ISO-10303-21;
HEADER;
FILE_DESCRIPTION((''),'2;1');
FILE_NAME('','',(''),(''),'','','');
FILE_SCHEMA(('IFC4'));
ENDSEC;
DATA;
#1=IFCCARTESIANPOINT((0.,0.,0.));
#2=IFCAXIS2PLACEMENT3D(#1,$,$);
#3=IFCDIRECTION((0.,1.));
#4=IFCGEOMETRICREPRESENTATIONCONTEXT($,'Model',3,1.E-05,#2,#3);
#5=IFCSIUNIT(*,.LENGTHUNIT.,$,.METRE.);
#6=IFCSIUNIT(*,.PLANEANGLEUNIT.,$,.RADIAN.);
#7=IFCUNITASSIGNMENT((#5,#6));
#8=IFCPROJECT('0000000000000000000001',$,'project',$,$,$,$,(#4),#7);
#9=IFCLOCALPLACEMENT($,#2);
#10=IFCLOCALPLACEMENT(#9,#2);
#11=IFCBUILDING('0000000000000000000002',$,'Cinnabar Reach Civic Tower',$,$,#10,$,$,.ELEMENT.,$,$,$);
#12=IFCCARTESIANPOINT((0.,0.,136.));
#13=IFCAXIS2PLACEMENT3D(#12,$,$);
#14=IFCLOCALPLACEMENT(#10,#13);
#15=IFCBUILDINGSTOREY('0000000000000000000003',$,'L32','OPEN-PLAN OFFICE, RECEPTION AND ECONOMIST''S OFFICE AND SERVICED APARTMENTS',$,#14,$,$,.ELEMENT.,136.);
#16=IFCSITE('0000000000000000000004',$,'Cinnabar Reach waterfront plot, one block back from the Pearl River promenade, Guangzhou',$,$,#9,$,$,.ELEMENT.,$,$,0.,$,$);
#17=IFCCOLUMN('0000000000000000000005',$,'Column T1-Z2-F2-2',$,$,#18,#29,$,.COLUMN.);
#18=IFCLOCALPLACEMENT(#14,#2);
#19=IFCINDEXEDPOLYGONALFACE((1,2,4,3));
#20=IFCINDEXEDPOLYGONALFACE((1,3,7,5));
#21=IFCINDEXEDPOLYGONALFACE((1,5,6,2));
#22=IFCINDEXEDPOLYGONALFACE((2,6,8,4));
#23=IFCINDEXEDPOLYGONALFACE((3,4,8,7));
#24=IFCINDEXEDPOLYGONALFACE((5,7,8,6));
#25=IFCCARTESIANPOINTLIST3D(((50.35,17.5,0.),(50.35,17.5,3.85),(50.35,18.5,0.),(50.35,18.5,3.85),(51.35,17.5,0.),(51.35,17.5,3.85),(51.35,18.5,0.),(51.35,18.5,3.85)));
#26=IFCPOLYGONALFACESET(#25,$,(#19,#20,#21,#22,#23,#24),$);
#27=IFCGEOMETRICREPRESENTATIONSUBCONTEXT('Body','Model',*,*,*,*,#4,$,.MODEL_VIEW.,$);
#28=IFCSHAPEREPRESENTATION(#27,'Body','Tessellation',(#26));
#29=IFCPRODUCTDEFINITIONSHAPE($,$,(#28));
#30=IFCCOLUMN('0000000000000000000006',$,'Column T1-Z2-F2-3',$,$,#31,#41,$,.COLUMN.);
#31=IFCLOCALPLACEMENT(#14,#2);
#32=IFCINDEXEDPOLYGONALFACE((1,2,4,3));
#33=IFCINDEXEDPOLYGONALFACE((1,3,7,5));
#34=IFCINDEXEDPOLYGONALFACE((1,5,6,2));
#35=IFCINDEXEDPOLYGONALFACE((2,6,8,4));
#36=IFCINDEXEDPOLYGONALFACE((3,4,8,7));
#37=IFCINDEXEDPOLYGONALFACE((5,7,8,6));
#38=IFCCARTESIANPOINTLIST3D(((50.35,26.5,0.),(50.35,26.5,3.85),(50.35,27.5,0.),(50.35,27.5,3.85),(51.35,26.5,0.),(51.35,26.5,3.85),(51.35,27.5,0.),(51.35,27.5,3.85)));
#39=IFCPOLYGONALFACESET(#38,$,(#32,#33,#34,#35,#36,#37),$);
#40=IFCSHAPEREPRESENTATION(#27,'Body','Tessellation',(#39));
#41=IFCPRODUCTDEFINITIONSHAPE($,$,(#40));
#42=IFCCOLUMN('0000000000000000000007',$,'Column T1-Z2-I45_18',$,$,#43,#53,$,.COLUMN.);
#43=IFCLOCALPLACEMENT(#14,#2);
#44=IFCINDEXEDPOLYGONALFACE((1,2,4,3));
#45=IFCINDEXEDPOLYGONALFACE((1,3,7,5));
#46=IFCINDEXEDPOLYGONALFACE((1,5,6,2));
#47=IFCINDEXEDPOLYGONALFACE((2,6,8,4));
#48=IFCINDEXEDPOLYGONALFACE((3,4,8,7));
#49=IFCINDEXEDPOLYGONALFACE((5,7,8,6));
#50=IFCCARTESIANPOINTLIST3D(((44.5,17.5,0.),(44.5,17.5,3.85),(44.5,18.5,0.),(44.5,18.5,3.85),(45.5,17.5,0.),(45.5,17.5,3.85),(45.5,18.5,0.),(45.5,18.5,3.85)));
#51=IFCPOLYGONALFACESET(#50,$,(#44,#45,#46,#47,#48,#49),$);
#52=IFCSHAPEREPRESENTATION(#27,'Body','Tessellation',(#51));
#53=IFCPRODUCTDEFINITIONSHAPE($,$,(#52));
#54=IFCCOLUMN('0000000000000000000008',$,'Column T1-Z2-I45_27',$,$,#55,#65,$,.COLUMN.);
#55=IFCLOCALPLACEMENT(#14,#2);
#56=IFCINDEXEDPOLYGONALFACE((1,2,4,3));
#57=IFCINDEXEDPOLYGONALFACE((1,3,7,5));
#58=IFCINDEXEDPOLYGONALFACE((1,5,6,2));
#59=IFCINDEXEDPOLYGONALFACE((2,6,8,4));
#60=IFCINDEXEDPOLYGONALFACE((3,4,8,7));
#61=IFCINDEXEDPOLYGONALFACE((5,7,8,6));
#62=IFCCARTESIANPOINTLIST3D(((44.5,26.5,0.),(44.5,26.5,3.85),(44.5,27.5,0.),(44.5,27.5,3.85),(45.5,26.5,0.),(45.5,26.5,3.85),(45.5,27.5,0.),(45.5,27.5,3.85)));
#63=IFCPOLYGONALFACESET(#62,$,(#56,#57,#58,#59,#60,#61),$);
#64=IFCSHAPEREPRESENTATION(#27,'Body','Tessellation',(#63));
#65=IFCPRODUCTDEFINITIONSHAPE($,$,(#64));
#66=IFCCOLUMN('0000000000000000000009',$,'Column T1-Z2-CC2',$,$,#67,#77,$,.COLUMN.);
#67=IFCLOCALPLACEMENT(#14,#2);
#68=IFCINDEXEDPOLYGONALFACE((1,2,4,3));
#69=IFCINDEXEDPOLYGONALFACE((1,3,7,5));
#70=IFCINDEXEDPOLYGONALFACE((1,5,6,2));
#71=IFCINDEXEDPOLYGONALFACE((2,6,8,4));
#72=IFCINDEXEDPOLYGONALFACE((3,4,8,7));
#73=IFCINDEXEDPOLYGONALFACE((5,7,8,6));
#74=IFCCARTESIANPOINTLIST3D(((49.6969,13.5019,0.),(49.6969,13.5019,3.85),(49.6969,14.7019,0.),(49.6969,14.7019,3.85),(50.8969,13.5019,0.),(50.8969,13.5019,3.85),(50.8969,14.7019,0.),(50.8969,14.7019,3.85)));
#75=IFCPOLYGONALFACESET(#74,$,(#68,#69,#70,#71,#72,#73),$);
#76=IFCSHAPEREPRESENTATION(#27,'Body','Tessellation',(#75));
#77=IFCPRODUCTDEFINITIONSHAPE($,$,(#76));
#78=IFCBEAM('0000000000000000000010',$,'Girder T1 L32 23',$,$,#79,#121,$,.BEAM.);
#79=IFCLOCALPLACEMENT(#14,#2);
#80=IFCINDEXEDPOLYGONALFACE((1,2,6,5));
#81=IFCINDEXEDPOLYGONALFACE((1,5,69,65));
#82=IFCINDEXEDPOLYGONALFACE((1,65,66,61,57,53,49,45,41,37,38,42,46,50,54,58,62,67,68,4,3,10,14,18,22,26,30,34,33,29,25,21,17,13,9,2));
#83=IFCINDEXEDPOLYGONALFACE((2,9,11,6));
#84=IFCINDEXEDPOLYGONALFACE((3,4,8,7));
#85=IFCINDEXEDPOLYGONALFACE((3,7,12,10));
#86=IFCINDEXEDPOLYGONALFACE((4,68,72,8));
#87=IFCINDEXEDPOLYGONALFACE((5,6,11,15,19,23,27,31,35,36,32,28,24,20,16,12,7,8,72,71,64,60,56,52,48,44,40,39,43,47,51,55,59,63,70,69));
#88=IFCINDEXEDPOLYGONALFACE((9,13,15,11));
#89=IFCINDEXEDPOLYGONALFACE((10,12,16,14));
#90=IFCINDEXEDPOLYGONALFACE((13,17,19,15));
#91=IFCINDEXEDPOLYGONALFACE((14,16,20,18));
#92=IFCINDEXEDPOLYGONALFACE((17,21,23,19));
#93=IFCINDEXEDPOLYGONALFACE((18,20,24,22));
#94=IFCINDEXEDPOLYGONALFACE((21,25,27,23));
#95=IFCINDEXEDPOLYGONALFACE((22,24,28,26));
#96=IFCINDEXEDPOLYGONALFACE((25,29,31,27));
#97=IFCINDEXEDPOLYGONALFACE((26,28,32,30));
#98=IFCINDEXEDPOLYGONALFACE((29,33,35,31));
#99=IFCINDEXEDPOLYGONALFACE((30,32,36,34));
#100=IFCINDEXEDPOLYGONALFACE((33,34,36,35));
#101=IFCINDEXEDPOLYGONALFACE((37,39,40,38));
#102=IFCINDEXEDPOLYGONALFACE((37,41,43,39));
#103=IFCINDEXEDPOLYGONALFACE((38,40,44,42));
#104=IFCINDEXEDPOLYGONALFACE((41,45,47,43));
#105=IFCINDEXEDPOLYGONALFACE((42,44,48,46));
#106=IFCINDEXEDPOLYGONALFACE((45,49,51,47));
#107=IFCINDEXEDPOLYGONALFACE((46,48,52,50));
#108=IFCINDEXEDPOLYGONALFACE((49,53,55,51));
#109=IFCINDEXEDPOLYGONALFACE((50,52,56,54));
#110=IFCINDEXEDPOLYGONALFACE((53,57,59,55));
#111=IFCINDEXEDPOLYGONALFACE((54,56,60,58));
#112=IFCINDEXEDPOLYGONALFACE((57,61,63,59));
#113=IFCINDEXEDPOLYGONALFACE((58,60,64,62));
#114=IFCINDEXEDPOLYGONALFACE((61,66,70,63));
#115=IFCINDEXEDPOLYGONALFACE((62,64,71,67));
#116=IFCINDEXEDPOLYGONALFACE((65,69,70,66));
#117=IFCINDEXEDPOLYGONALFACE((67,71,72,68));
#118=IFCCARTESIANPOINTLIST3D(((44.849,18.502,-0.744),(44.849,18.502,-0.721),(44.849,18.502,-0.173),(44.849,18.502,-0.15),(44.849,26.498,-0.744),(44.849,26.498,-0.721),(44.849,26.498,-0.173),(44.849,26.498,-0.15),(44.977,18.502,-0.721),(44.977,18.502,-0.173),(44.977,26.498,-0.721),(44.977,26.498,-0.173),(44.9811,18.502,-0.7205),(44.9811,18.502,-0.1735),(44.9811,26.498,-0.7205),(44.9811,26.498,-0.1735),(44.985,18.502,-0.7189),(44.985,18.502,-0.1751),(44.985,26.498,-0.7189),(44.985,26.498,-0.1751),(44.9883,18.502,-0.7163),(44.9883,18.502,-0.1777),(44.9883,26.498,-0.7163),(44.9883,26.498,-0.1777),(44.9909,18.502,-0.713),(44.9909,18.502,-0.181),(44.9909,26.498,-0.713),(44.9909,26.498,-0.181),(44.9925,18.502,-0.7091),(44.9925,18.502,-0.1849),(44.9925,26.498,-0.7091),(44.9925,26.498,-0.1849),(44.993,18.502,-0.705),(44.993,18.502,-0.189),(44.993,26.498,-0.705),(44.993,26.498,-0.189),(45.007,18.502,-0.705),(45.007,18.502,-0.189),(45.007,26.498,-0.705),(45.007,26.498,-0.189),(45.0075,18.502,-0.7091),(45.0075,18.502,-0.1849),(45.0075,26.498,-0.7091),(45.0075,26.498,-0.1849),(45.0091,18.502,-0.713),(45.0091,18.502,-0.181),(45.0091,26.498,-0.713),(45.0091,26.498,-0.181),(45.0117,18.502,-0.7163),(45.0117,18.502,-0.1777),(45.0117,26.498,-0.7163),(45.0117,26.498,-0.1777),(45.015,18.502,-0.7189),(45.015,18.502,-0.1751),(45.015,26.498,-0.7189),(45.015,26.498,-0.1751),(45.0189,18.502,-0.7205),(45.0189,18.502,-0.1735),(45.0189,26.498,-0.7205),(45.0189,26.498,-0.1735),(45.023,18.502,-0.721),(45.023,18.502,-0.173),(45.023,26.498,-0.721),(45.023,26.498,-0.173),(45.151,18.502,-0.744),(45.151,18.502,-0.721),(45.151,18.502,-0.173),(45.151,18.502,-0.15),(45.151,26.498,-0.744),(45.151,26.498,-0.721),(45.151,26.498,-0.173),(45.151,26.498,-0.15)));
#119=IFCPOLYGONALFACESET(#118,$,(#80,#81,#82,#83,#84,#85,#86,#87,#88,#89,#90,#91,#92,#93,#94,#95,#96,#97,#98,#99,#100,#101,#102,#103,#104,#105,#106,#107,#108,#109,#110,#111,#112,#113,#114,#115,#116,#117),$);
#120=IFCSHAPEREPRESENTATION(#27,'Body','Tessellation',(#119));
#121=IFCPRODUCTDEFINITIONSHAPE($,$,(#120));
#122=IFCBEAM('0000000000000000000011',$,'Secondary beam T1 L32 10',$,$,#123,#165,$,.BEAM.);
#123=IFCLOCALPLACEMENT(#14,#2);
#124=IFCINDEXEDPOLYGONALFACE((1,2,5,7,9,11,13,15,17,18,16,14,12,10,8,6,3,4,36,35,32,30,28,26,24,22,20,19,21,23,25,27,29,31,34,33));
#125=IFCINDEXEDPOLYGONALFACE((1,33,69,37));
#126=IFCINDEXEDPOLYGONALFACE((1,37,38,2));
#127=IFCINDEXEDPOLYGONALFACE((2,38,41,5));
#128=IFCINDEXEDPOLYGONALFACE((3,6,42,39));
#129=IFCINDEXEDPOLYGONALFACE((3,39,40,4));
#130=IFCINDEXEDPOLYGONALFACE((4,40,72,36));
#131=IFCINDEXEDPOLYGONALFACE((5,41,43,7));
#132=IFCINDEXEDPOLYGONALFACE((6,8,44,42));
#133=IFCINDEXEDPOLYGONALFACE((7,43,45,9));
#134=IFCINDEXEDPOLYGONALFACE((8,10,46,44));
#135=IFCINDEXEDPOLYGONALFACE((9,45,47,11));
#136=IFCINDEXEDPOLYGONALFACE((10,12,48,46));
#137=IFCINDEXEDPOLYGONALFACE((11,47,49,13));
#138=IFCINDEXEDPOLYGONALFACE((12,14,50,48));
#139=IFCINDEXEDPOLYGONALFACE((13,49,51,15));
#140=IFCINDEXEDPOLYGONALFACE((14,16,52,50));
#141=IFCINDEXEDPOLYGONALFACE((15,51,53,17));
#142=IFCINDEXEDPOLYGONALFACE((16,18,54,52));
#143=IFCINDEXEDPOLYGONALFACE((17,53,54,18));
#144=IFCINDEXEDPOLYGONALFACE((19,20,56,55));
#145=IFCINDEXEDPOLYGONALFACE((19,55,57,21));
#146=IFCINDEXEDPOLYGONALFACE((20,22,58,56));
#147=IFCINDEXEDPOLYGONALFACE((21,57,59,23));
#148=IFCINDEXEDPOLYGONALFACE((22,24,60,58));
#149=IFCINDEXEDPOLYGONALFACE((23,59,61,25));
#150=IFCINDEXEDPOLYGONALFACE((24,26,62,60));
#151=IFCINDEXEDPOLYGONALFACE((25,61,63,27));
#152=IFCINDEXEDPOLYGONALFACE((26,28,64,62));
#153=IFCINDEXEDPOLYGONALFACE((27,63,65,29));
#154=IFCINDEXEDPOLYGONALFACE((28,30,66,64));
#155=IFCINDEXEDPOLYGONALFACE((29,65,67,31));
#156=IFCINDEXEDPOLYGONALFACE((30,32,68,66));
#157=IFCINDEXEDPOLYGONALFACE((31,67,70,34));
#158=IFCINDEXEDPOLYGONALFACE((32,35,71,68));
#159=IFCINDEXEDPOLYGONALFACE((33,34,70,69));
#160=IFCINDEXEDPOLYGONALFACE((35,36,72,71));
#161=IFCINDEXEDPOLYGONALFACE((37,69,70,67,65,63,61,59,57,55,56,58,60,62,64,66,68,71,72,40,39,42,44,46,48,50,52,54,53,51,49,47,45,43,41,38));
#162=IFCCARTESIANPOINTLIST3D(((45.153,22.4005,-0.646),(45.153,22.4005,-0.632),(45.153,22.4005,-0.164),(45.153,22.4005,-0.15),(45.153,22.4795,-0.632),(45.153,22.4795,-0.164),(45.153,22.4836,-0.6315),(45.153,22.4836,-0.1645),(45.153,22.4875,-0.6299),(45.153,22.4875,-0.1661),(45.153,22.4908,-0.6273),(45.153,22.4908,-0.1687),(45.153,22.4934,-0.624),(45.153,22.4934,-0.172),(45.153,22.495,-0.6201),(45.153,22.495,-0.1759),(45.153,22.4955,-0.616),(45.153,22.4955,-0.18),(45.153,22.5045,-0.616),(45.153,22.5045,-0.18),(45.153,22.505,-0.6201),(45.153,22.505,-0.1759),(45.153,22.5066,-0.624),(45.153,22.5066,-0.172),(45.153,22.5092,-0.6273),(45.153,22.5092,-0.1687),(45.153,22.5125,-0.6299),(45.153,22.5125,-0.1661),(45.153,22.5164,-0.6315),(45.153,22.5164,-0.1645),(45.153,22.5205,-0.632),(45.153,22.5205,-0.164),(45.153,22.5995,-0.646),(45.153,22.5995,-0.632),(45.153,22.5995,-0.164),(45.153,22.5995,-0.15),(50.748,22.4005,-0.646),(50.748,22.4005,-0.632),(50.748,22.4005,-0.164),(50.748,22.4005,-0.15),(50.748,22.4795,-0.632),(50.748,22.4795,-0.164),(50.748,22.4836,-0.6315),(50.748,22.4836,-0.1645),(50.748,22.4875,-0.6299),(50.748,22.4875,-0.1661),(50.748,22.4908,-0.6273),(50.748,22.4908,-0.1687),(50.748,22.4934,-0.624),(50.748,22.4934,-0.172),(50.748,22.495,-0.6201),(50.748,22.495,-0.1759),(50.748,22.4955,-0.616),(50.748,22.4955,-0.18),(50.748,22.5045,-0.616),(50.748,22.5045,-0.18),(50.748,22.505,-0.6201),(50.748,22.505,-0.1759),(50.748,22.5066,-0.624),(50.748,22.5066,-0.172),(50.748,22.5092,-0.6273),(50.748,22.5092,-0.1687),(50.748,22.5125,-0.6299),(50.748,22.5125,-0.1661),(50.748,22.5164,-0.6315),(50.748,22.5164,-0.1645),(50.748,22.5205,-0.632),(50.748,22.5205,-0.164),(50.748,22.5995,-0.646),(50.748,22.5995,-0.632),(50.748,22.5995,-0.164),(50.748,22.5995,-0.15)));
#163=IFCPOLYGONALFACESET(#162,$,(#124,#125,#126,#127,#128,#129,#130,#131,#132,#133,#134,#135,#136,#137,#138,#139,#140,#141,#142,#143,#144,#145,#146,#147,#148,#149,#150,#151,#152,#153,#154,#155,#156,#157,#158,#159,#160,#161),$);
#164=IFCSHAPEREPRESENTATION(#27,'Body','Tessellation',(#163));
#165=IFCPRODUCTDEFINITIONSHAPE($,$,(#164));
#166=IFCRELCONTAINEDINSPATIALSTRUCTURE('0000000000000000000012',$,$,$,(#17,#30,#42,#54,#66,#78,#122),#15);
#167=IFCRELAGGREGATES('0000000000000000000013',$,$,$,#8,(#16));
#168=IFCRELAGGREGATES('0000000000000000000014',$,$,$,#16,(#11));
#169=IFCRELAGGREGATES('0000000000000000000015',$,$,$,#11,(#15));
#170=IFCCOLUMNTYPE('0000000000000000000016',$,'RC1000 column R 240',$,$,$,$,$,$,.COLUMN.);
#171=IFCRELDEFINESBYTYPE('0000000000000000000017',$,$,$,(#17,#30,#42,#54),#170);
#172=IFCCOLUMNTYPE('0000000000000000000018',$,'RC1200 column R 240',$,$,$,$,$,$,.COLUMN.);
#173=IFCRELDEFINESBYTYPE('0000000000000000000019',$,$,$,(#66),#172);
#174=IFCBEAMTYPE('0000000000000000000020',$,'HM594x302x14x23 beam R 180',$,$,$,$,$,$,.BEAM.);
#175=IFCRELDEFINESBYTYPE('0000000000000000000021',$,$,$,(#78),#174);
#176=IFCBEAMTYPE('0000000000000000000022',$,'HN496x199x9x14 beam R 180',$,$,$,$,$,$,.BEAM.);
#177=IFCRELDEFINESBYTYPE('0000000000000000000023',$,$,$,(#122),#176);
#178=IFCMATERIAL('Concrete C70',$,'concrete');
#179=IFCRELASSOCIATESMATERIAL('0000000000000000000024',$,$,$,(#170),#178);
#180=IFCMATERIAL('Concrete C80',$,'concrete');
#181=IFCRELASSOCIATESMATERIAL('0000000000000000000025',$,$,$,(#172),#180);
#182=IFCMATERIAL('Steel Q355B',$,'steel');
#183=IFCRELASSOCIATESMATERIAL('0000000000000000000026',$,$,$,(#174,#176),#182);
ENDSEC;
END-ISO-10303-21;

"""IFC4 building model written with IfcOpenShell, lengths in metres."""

from ifc_helpers import new_model, si_unit, direction, frame, origin, origin_2d, place, context, subcontext, project, spatial, rectangle, i_section, extrude, material, material_profile, profile_set, type_object, element, save


model = new_model("IFC4")

# Units and contexts
model_context = context("Model", 3, precision=1e-05, world=origin(), true_north=direction((0.0, 1.0)))
body_context = subcontext(model_context, "Body", "Model", "MODEL_VIEW")
ifc_project = project(units=[si_unit("LENGTHUNIT", "METRE"), si_unit("PLANEANGLEUNIT", "RADIAN")], contexts=[model_context])

# Site, building, storey
site_placement = place(None, origin())
site = spatial("IfcSite", under=ifc_project, at=site_placement, Name="Cinnabar Reach waterfront plot, one block back from the Pearl River promenade, Guangzhou", CompositionType="ELEMENT", RefElevation=0.0)
building_placement = place(site_placement, origin())
building = spatial("IfcBuilding", under=site, at=building_placement, Name="Cinnabar Reach Civic Tower", CompositionType="ELEMENT")
storey_placement = place(building_placement, frame((0.0, 0.0, 136.0)))
storey = spatial("IfcBuildingStorey", under=building, at=storey_placement, Name="L32", Description="OPEN-PLAN OFFICE, RECEPTION AND ECONOMIST'S OFFICE AND SERVICED APARTMENTS", CompositionType="ELEMENT", Elevation=136.0)

# Columns
ifc_material_1 = material(Name="Concrete C70", Category="concrete")
ifc_material_profile_1 = material_profile(ifc_material_1, rectangle(XDim=1.0, YDim=1.0, at=origin_2d()), Name="RC1000")
ifc_profile_set_1 = profile_set([ifc_material_profile_1], Name="Concrete C70")
column_type_1 = type_object("IfcColumnType", Name="RC1000 column R 240", PredefinedType="COLUMN", material=ifc_profile_set_1)
for number, where, z_axis, x_axis, name in (
    (1, (50.85, 18.0, 0.0), (0.0, 0.0, 1.0), (1.0, 0.0, 0.0), "Column T1-Z2-F2-2"),
    (2, (50.85, 27.0, 0.0), (0.0, 0.0, 1.0), (1.0, 0.0, 0.0), "Column T1-Z2-F2-3"),
    (3, (45.0, 18.0, 0.0), (0.0, 0.0, 1.0), (1.0, 0.0, 0.0), "Column T1-Z2-I45_18"),
    (4, (45.0, 27.0, 0.0), (0.0, 0.0, 1.0), (1.0, 0.0, 0.0), "Column T1-Z2-I45_27"),
):
    element("IfcColumn", number, at=place(storey_placement, frame(where, z_axis=z_axis, x_axis=x_axis)), inside=storey, type_object=column_type_1, Name=name, PredefinedType="COLUMN", context=body_context, shape_type="SweptSolid", body=[
        extrude(rectangle(XDim=1.0, YDim=1.0, at=origin_2d()), origin(), (0.0, 0.0, 1.0), 3.85),
    ])
ifc_material_2 = material(Name="Concrete C80", Category="concrete")
ifc_material_profile_2 = material_profile(ifc_material_2, rectangle(XDim=1.2, YDim=1.2, at=origin_2d()), Name="RC1200")
ifc_profile_set_2 = profile_set([ifc_material_profile_2], Name="Concrete C80")
column_type_2 = type_object("IfcColumnType", Name="RC1200 column R 240", PredefinedType="COLUMN", material=ifc_profile_set_2)
column_placement = place(storey_placement, frame((50.2969, 14.1019, 0.0), z_axis=(0.0, 0.0, 1.0), x_axis=(1.0, 0.0, 0.0)))
element("IfcColumn", 5, at=column_placement, inside=storey, type_object=column_type_2, Name="Column T1-Z2-CC2", PredefinedType="COLUMN", context=body_context, shape_type="SweptSolid", body=[
    extrude(rectangle(XDim=1.2, YDim=1.2, at=origin_2d()), origin(), (0.0, 0.0, 1.0), 3.85),
])

# Beams
ifc_material_3 = material(Name="Steel Q355B", Category="steel")
ifc_material_profile_3 = material_profile(ifc_material_3, i_section(OverallWidth=0.302, OverallDepth=0.594, WebThickness=0.014, FlangeThickness=0.023, FilletRadius=0.016, at=origin_2d()), Name="HM594x302x14x23")
ifc_profile_set_3 = profile_set([ifc_material_profile_3], Name="Steel Q355B")
beam_type_1 = type_object("IfcBeamType", Name="HM594x302x14x23 beam R 180", PredefinedType="BEAM", material=ifc_profile_set_3)
beam_1_placement = place(storey_placement, frame((45.0, 18.502, -0.447), z_axis=(0.0, 1.0, 0.0), x_axis=(-1.0, 0.0, 0.0)))
element("IfcBeam", 6, at=beam_1_placement, inside=storey, type_object=beam_type_1, Name="Girder T1 L32 23", PredefinedType="BEAM", context=body_context, shape_type="SweptSolid", body=[
    extrude(i_section(OverallWidth=0.302, OverallDepth=0.594, WebThickness=0.014, FlangeThickness=0.023, FilletRadius=0.016, at=origin_2d()), origin(), (0.0, 0.0, 1.0), 7.996),
])
ifc_material_profile_4 = material_profile(ifc_material_3, i_section(OverallWidth=0.199, OverallDepth=0.496, WebThickness=0.009, FlangeThickness=0.014, FilletRadius=0.016, at=origin_2d()), Name="HN496x199x9x14")
ifc_profile_set_4 = profile_set([ifc_material_profile_4], Name="Steel Q355B")
beam_type_2 = type_object("IfcBeamType", Name="HN496x199x9x14 beam R 180", PredefinedType="BEAM", material=ifc_profile_set_4)
beam_2_placement = place(storey_placement, frame((45.153, 22.5, -0.398), z_axis=(1.0, 0.0, 0.0), x_axis=(0.0, 1.0, 0.0)))
element("IfcBeam", 7, at=beam_2_placement, inside=storey, type_object=beam_type_2, Name="Secondary beam T1 L32 10", PredefinedType="BEAM", context=body_context, shape_type="SweptSolid", body=[
    extrude(i_section(OverallWidth=0.199, OverallDepth=0.496, WebThickness=0.009, FlangeThickness=0.014, FilletRadius=0.016, at=origin_2d()), origin(), (0.0, 0.0, 1.0), 5.595),
])

save(model, "model.ifc")
